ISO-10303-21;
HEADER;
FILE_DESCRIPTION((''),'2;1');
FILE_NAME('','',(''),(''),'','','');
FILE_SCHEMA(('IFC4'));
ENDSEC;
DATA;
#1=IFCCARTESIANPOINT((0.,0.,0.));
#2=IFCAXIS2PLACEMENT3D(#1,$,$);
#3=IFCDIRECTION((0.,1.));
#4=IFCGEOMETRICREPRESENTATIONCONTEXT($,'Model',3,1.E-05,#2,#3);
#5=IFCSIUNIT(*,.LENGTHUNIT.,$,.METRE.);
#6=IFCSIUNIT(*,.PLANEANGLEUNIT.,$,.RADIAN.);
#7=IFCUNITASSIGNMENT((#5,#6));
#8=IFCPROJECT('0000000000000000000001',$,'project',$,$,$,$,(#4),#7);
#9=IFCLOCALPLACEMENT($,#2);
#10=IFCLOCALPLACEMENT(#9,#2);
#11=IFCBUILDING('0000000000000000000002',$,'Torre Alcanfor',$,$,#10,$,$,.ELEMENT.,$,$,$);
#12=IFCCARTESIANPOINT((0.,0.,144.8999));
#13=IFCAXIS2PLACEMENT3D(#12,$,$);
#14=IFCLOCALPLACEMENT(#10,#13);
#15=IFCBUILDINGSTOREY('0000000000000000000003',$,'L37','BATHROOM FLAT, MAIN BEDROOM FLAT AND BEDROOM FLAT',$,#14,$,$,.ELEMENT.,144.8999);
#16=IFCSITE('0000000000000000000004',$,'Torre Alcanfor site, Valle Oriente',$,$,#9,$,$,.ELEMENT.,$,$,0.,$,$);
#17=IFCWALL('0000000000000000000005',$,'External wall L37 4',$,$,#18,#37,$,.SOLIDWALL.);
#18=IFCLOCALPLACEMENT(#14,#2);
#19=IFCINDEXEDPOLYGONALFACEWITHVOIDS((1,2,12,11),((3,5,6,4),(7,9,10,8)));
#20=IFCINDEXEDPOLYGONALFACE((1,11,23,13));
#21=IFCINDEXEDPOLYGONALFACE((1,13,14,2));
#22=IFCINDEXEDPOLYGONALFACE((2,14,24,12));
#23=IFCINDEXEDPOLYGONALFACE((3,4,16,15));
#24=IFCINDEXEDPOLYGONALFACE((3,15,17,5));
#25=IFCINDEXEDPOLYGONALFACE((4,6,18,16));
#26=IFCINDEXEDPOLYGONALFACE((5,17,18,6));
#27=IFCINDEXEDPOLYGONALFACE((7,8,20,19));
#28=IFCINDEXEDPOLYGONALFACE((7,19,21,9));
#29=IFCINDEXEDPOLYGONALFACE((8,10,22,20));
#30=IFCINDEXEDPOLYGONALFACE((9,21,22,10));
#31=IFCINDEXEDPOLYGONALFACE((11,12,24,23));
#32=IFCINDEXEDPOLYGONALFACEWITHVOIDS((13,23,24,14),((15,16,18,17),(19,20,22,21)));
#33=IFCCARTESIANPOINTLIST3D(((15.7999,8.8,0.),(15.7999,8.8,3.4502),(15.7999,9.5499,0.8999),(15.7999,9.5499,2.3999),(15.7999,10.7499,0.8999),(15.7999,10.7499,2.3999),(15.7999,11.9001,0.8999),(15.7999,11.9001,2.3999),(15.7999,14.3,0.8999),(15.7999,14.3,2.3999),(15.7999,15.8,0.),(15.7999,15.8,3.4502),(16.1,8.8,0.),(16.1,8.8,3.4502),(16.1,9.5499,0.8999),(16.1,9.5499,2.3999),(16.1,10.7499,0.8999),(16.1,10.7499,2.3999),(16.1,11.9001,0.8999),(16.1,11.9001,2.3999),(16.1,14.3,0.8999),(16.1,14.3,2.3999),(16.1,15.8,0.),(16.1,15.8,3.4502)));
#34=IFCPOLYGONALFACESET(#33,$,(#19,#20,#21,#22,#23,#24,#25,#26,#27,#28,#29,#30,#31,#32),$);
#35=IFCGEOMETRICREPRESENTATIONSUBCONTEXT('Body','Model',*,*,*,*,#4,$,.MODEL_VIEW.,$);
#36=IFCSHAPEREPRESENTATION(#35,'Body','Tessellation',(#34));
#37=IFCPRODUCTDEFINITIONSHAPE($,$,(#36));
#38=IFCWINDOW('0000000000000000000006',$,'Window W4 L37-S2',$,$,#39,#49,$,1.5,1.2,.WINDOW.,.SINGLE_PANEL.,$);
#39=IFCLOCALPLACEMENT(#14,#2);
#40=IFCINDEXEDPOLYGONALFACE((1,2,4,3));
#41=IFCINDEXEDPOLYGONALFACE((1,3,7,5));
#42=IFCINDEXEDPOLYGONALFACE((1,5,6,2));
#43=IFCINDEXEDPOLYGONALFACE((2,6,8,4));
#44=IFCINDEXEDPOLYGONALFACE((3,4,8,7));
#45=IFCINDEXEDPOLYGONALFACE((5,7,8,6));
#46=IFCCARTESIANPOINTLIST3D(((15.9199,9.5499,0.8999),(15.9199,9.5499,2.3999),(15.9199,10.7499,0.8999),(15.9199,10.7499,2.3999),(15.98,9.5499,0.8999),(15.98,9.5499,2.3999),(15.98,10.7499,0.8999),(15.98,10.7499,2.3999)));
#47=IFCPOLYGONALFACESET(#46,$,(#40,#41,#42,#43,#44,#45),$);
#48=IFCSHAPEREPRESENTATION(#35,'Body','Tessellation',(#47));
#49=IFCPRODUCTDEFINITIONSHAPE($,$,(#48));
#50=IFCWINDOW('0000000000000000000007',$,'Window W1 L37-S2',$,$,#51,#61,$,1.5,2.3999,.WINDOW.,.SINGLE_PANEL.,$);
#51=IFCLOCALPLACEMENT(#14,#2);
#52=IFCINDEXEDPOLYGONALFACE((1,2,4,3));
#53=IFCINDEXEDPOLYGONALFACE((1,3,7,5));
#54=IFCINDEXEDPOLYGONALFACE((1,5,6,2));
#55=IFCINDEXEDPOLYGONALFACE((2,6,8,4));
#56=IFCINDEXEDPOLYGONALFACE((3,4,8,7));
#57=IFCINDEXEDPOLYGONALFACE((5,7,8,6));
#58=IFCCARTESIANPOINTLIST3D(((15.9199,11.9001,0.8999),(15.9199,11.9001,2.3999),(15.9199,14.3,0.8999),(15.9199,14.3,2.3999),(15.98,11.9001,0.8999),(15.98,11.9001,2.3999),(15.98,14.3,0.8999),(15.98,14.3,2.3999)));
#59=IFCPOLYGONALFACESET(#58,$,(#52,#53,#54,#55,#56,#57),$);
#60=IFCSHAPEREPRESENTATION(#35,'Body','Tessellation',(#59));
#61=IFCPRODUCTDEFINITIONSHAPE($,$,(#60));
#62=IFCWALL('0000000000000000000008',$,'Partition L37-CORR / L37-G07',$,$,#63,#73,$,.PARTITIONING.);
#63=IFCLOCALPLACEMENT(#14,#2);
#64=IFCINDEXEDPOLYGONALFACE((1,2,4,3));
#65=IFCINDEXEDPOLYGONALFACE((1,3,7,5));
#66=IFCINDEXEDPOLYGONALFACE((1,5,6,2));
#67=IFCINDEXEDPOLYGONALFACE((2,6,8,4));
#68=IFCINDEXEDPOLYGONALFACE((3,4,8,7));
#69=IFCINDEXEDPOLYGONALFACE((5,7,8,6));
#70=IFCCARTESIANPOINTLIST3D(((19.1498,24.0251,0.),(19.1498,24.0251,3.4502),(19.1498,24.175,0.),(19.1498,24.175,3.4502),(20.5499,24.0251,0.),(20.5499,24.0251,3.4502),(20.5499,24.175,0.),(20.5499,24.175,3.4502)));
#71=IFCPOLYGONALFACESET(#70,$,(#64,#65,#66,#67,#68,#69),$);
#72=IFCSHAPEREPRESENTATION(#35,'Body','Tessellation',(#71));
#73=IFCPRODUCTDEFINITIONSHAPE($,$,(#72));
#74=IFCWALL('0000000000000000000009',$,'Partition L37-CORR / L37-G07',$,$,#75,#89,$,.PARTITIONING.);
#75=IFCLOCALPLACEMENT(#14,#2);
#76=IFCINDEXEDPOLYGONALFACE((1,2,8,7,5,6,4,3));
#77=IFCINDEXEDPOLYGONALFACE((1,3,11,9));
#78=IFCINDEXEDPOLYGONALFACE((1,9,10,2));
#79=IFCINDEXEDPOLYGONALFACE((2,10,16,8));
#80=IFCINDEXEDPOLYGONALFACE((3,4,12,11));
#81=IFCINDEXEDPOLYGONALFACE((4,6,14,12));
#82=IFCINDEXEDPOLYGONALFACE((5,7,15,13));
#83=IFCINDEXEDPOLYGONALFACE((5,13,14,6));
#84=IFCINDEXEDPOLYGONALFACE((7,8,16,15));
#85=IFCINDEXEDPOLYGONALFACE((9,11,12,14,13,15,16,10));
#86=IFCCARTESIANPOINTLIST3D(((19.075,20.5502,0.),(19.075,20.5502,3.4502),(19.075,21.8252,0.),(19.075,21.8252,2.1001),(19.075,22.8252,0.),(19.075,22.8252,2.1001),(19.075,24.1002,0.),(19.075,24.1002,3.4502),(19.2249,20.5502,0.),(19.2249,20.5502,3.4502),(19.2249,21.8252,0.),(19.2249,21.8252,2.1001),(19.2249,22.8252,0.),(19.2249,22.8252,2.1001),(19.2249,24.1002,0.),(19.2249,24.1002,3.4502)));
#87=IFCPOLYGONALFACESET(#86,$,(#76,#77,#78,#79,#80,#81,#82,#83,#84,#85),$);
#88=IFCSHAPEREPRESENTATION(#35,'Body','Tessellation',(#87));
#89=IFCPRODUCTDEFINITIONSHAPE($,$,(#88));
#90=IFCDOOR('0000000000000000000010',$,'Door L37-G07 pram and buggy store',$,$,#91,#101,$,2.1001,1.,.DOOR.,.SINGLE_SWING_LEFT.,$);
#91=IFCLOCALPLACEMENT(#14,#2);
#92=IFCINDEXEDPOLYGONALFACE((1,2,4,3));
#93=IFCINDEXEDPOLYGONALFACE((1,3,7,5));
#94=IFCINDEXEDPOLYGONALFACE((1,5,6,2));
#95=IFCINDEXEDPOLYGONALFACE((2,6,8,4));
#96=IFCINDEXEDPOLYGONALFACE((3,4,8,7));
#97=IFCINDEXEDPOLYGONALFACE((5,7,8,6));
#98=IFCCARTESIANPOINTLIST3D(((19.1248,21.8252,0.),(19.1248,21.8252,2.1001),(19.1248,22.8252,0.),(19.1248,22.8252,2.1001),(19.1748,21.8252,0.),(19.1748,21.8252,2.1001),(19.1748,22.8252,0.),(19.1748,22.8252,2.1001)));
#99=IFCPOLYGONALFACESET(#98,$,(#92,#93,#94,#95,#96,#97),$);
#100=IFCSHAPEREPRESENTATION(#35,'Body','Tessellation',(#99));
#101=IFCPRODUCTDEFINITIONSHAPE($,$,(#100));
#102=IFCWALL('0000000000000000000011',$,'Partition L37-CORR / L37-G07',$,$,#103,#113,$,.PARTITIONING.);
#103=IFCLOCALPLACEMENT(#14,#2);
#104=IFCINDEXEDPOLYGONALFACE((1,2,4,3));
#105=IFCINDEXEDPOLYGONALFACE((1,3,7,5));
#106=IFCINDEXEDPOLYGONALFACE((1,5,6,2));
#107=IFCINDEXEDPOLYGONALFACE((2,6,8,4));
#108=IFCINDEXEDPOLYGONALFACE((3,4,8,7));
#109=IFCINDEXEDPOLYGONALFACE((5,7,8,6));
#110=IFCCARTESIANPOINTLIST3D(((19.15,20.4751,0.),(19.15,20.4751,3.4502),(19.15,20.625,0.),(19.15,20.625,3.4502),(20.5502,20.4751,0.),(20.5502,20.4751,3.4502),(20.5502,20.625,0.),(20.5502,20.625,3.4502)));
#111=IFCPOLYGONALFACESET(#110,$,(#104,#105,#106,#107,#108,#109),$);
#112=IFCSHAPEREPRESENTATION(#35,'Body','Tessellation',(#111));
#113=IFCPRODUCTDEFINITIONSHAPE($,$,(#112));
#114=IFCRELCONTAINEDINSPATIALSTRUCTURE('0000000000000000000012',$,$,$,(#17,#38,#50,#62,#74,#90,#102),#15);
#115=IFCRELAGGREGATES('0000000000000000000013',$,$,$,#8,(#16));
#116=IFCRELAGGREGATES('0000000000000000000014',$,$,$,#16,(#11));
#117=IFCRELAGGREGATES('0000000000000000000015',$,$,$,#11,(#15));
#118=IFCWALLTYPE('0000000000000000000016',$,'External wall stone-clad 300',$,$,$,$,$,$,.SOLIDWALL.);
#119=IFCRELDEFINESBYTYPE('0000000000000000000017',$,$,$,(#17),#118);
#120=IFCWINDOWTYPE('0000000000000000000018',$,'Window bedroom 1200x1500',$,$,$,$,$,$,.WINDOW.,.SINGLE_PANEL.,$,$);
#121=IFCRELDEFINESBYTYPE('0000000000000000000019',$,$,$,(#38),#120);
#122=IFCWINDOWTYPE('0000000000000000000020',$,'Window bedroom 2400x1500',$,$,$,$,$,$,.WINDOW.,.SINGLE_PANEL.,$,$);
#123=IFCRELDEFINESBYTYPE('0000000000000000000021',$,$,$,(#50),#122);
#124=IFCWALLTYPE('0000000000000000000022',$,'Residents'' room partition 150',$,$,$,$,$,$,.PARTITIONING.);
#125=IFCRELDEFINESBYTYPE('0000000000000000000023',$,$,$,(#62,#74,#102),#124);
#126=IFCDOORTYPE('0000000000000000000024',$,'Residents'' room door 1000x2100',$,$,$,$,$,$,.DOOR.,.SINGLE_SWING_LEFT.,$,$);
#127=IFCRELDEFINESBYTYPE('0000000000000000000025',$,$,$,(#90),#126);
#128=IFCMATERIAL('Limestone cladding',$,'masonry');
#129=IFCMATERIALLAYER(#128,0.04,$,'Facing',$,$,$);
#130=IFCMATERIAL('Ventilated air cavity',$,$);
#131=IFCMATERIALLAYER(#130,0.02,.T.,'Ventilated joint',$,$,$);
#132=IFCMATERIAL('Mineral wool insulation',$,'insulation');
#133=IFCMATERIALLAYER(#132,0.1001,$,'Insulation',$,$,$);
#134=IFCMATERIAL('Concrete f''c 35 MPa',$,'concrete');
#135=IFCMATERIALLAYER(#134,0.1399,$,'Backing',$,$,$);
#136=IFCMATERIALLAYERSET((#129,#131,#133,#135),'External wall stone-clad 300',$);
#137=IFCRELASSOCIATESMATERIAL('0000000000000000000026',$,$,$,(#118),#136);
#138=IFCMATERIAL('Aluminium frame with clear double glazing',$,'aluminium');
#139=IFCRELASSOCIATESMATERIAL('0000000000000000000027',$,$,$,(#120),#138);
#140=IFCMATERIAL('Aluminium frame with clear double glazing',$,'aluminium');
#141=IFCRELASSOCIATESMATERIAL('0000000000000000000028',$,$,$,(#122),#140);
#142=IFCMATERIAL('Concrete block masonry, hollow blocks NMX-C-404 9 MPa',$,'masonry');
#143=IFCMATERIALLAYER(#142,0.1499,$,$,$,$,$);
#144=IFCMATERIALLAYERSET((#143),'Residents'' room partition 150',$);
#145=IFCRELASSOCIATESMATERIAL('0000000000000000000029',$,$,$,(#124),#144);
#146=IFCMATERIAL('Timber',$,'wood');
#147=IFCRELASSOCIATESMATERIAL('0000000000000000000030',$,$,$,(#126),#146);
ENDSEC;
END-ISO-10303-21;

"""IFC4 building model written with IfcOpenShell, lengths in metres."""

from ifc_helpers import new_model, si_unit, direction, frame, frame_2d, origin, place, context, subcontext, project, spatial, rectangle, extrude, material, layer, layer_set, type_object, element, fill, save


model = new_model("IFC4")

# Units and contexts
model_context = context("Model", 3, precision=1e-05, world=origin(), true_north=direction((0.0, 1.0)))
body_context = subcontext(model_context, "Body", "Model", "MODEL_VIEW")
ifc_project = project(units=[si_unit("LENGTHUNIT", "METRE"), si_unit("PLANEANGLEUNIT", "RADIAN")], contexts=[model_context])

# Site, building, storey
site_placement = place(None, origin())
site = spatial("IfcSite", under=ifc_project, at=site_placement, Name="Torre Alcanfor site, Valle Oriente", CompositionType="ELEMENT", RefElevation=0.0)
building_placement = place(site_placement, origin())
building = spatial("IfcBuilding", under=site, at=building_placement, Name="Torre Alcanfor", CompositionType="ELEMENT")
storey_placement = place(building_placement, frame((0.0, 0.0, 144.8999)))
storey = spatial("IfcBuildingStorey", under=building, at=storey_placement, Name="L37", Description="BATHROOM FLAT, MAIN BEDROOM FLAT AND BEDROOM FLAT", CompositionType="ELEMENT", Elevation=144.8999)

# Wall, openings, windows
ifc_material_1 = material(Name="Limestone cladding", Category="masonry")
ifc_layer_1 = layer(ifc_material_1, 0.04, Name="Facing")
ifc_material_2 = material(Name="Ventilated air cavity")
ifc_layer_2 = layer(ifc_material_2, 0.02, ventilated=True, Name="Ventilated joint")
ifc_material_3 = material(Name="Mineral wool insulation", Category="insulation")
ifc_layer_3 = layer(ifc_material_3, 0.1001, Name="Insulation")
ifc_material_4 = material(Name="Concrete f'c 35 MPa", Category="concrete")
ifc_layer_4 = layer(ifc_material_4, 0.1399, Name="Backing")
ifc_layer_set_1 = layer_set([ifc_layer_1, ifc_layer_2, ifc_layer_3, ifc_layer_4], Name="External wall stone-clad 300")
wall_type_1 = type_object("IfcWallType", Name="External wall stone-clad 300", PredefinedType="SOLIDWALL", material=ifc_layer_set_1)
wall_1_placement = place(storey_placement, frame((15.95, 15.8, 0.0), z_axis=(0.0, 0.0, 1.0), x_axis=(0.0, -1.0, 0.0)))
wall_1 = element("IfcWall", 1, at=wall_1_placement, inside=storey, type_object=wall_type_1, Name="External wall L37 4", PredefinedType="SOLIDWALL", context=body_context, shape_type="SweptSolid", body=[
    extrude(rectangle(XDim=7.0, YDim=0.3, at=frame_2d((3.5, 0.0))), origin(), (0.0, 0.0, 1.0), 3.4502),
])
opening_1_placement = place(wall_1_placement, frame((1.5, 0.0, 0.8999)))
opening_1 = element("IfcOpeningElement", 2, at=opening_1_placement, cuts=wall_1, PredefinedType="OPENING", context=body_context, shape_type="SweptSolid", body=[
    extrude(rectangle(XDim=2.3999, YDim=1.5, at=frame_2d((1.2, 0.75))), frame((0.0, 0.1599, 0.0), z_axis=(0.0, -1.0, 0.0), x_axis=(1.0, 0.0, 0.0)), (0.0, 0.0, 1.0), 0.3201),
])
opening_2_placement = place(wall_1_placement, frame((5.05, 0.0, 0.8999)))
opening_2 = element("IfcOpeningElement", 3, at=opening_2_placement, cuts=wall_1, PredefinedType="OPENING", context=body_context, shape_type="SweptSolid", body=[
    extrude(rectangle(XDim=1.2, YDim=1.5, at=frame_2d((0.6001, 0.75))), frame((0.0, 0.1599, 0.0), z_axis=(0.0, -1.0, 0.0), x_axis=(1.0, 0.0, 0.0)), (0.0, 0.0, 1.0), 0.3201),
])
ifc_material_5 = material(Name="Aluminium frame with clear double glazing", Category="aluminium")
window_type_1 = type_object("IfcWindowType", Name="Window bedroom 1200x1500", PartitioningType="SINGLE_PANEL", PredefinedType="WINDOW", material=ifc_material_5)
window_1_placement = place(opening_2_placement, origin())
window_1 = element("IfcWindow", 4, at=window_1_placement, inside=storey, type_object=window_type_1, Name="Window W4 L37-S2", OverallHeight=1.5, OverallWidth=1.2, PartitioningType="SINGLE_PANEL", PredefinedType="WINDOW", context=body_context, shape_type="SweptSolid", body=[
    extrude(rectangle(XDim=1.2, YDim=1.5, at=frame_2d((0.6001, 0.75))), frame((0.0, 0.03, 0.0), z_axis=(0.0, -1.0, 0.0), x_axis=(1.0, 0.0, 0.0)), (0.0, 0.0, 1.0), 0.0601),
])
fill(opening_2, window_1)
ifc_material_6 = material(Name="Aluminium frame with clear double glazing", Category="aluminium")
window_type_2 = type_object("IfcWindowType", Name="Window bedroom 2400x1500", PartitioningType="SINGLE_PANEL", PredefinedType="WINDOW", material=ifc_material_6)
window_2_placement = place(opening_1_placement, origin())
window_2 = element("IfcWindow", 5, at=window_2_placement, inside=storey, type_object=window_type_2, Name="Window W1 L37-S2", OverallHeight=1.5, OverallWidth=2.3999, PartitioningType="SINGLE_PANEL", PredefinedType="WINDOW", context=body_context, shape_type="SweptSolid", body=[
    extrude(rectangle(XDim=2.3999, YDim=1.5, at=frame_2d((1.2, 0.75))), frame((0.0, 0.03, 0.0), z_axis=(0.0, -1.0, 0.0), x_axis=(1.0, 0.0, 0.0)), (0.0, 0.0, 1.0), 0.0601),
])
fill(opening_1, window_2)

# Wall
ifc_material_7 = material(Name="Concrete block masonry, hollow blocks NMX-C-404 9 MPa", Category="masonry")
ifc_layer_5 = layer(ifc_material_7, 0.1499)
ifc_layer_set_2 = layer_set([ifc_layer_5], Name="Residents' room partition 150")
wall_type_2 = type_object("IfcWallType", Name="Residents' room partition 150", PredefinedType="PARTITIONING", material=ifc_layer_set_2)
wall_2_placement = place(storey_placement, frame((20.55, 24.1001, 0.0), z_axis=(0.0, 0.0, 1.0), x_axis=(-1.0, 0.0, 0.0)))
element("IfcWall", 6, at=wall_2_placement, inside=storey, type_object=wall_type_2, Name="Partition L37-CORR / L37-G07", PredefinedType="PARTITIONING", context=body_context, shape_type="SweptSolid", body=[
    extrude(rectangle(XDim=1.4001, YDim=0.1499, at=frame_2d((0.7002, 0.0))), origin(), (0.0, 0.0, 1.0), 3.4502),
])

# Wall, opening, door
wall_3_placement = place(storey_placement, frame((19.1499, 24.1001, 0.0), z_axis=(0.0, 0.0, 1.0), x_axis=(0.0, -1.0, 0.0)))
wall_3 = element("IfcWall", 7, at=wall_3_placement, inside=storey, type_object=wall_type_2, Name="Partition L37-CORR / L37-G07", PredefinedType="PARTITIONING", context=body_context, shape_type="SweptSolid", body=[
    extrude(rectangle(XDim=3.55, YDim=0.1499, at=frame_2d((1.7749, 0.0))), origin(), (0.0, 0.0, 1.0), 3.4502),
])
opening_3_placement = place(wall_3_placement, frame((1.2749, 0.0, 0.0)))
opening_3 = element("IfcOpeningElement", 8, at=opening_3_placement, cuts=wall_3, PredefinedType="OPENING", context=body_context, shape_type="SweptSolid", body=[
    extrude(rectangle(XDim=1.0, YDim=2.1001, at=frame_2d((0.5, 1.05))), frame((0.0, 0.085, 0.0), z_axis=(0.0, -1.0, 0.0), x_axis=(1.0, 0.0, 0.0)), (0.0, 0.0, 1.0), 0.1699),
])
ifc_material_8 = material(Name="Timber", Category="wood")
door_type_1 = type_object("IfcDoorType", Name="Residents' room door 1000x2100", OperationType="SINGLE_SWING_LEFT", PredefinedType="DOOR", material=ifc_material_8)
door_1_placement = place(opening_3_placement, origin())
door_1 = element("IfcDoor", 9, at=door_1_placement, inside=storey, type_object=door_type_1, Name="Door L37-G07 pram and buggy store", OperationType="SINGLE_SWING_LEFT", OverallHeight=2.1001, OverallWidth=1.0, PredefinedType="DOOR", context=body_context, shape_type="SweptSolid", body=[
    extrude(rectangle(XDim=1.0, YDim=2.1001, at=frame_2d((0.5, 1.05))), frame((0.0, 0.0249, 0.0), z_axis=(0.0, -1.0, 0.0), x_axis=(1.0, 0.0, 0.0)), (0.0, 0.0, 1.0), 0.05),
])
fill(opening_3, door_1)

# Wall
wall_4_placement = place(storey_placement, frame((19.1499, 20.55, 0.0), z_axis=(0.0, 0.0, 1.0), x_axis=(1.0, 0.0, 0.0)))
element("IfcWall", 10, at=wall_4_placement, inside=storey, type_object=wall_type_2, Name="Partition L37-CORR / L37-G07", PredefinedType="PARTITIONING", context=body_context, shape_type="SweptSolid", body=[
    extrude(rectangle(XDim=1.4001, YDim=0.1499, at=frame_2d((0.7002, 0.0))), origin(), (0.0, 0.0, 1.0), 3.4502),
])

save(model, "model.ifc")
